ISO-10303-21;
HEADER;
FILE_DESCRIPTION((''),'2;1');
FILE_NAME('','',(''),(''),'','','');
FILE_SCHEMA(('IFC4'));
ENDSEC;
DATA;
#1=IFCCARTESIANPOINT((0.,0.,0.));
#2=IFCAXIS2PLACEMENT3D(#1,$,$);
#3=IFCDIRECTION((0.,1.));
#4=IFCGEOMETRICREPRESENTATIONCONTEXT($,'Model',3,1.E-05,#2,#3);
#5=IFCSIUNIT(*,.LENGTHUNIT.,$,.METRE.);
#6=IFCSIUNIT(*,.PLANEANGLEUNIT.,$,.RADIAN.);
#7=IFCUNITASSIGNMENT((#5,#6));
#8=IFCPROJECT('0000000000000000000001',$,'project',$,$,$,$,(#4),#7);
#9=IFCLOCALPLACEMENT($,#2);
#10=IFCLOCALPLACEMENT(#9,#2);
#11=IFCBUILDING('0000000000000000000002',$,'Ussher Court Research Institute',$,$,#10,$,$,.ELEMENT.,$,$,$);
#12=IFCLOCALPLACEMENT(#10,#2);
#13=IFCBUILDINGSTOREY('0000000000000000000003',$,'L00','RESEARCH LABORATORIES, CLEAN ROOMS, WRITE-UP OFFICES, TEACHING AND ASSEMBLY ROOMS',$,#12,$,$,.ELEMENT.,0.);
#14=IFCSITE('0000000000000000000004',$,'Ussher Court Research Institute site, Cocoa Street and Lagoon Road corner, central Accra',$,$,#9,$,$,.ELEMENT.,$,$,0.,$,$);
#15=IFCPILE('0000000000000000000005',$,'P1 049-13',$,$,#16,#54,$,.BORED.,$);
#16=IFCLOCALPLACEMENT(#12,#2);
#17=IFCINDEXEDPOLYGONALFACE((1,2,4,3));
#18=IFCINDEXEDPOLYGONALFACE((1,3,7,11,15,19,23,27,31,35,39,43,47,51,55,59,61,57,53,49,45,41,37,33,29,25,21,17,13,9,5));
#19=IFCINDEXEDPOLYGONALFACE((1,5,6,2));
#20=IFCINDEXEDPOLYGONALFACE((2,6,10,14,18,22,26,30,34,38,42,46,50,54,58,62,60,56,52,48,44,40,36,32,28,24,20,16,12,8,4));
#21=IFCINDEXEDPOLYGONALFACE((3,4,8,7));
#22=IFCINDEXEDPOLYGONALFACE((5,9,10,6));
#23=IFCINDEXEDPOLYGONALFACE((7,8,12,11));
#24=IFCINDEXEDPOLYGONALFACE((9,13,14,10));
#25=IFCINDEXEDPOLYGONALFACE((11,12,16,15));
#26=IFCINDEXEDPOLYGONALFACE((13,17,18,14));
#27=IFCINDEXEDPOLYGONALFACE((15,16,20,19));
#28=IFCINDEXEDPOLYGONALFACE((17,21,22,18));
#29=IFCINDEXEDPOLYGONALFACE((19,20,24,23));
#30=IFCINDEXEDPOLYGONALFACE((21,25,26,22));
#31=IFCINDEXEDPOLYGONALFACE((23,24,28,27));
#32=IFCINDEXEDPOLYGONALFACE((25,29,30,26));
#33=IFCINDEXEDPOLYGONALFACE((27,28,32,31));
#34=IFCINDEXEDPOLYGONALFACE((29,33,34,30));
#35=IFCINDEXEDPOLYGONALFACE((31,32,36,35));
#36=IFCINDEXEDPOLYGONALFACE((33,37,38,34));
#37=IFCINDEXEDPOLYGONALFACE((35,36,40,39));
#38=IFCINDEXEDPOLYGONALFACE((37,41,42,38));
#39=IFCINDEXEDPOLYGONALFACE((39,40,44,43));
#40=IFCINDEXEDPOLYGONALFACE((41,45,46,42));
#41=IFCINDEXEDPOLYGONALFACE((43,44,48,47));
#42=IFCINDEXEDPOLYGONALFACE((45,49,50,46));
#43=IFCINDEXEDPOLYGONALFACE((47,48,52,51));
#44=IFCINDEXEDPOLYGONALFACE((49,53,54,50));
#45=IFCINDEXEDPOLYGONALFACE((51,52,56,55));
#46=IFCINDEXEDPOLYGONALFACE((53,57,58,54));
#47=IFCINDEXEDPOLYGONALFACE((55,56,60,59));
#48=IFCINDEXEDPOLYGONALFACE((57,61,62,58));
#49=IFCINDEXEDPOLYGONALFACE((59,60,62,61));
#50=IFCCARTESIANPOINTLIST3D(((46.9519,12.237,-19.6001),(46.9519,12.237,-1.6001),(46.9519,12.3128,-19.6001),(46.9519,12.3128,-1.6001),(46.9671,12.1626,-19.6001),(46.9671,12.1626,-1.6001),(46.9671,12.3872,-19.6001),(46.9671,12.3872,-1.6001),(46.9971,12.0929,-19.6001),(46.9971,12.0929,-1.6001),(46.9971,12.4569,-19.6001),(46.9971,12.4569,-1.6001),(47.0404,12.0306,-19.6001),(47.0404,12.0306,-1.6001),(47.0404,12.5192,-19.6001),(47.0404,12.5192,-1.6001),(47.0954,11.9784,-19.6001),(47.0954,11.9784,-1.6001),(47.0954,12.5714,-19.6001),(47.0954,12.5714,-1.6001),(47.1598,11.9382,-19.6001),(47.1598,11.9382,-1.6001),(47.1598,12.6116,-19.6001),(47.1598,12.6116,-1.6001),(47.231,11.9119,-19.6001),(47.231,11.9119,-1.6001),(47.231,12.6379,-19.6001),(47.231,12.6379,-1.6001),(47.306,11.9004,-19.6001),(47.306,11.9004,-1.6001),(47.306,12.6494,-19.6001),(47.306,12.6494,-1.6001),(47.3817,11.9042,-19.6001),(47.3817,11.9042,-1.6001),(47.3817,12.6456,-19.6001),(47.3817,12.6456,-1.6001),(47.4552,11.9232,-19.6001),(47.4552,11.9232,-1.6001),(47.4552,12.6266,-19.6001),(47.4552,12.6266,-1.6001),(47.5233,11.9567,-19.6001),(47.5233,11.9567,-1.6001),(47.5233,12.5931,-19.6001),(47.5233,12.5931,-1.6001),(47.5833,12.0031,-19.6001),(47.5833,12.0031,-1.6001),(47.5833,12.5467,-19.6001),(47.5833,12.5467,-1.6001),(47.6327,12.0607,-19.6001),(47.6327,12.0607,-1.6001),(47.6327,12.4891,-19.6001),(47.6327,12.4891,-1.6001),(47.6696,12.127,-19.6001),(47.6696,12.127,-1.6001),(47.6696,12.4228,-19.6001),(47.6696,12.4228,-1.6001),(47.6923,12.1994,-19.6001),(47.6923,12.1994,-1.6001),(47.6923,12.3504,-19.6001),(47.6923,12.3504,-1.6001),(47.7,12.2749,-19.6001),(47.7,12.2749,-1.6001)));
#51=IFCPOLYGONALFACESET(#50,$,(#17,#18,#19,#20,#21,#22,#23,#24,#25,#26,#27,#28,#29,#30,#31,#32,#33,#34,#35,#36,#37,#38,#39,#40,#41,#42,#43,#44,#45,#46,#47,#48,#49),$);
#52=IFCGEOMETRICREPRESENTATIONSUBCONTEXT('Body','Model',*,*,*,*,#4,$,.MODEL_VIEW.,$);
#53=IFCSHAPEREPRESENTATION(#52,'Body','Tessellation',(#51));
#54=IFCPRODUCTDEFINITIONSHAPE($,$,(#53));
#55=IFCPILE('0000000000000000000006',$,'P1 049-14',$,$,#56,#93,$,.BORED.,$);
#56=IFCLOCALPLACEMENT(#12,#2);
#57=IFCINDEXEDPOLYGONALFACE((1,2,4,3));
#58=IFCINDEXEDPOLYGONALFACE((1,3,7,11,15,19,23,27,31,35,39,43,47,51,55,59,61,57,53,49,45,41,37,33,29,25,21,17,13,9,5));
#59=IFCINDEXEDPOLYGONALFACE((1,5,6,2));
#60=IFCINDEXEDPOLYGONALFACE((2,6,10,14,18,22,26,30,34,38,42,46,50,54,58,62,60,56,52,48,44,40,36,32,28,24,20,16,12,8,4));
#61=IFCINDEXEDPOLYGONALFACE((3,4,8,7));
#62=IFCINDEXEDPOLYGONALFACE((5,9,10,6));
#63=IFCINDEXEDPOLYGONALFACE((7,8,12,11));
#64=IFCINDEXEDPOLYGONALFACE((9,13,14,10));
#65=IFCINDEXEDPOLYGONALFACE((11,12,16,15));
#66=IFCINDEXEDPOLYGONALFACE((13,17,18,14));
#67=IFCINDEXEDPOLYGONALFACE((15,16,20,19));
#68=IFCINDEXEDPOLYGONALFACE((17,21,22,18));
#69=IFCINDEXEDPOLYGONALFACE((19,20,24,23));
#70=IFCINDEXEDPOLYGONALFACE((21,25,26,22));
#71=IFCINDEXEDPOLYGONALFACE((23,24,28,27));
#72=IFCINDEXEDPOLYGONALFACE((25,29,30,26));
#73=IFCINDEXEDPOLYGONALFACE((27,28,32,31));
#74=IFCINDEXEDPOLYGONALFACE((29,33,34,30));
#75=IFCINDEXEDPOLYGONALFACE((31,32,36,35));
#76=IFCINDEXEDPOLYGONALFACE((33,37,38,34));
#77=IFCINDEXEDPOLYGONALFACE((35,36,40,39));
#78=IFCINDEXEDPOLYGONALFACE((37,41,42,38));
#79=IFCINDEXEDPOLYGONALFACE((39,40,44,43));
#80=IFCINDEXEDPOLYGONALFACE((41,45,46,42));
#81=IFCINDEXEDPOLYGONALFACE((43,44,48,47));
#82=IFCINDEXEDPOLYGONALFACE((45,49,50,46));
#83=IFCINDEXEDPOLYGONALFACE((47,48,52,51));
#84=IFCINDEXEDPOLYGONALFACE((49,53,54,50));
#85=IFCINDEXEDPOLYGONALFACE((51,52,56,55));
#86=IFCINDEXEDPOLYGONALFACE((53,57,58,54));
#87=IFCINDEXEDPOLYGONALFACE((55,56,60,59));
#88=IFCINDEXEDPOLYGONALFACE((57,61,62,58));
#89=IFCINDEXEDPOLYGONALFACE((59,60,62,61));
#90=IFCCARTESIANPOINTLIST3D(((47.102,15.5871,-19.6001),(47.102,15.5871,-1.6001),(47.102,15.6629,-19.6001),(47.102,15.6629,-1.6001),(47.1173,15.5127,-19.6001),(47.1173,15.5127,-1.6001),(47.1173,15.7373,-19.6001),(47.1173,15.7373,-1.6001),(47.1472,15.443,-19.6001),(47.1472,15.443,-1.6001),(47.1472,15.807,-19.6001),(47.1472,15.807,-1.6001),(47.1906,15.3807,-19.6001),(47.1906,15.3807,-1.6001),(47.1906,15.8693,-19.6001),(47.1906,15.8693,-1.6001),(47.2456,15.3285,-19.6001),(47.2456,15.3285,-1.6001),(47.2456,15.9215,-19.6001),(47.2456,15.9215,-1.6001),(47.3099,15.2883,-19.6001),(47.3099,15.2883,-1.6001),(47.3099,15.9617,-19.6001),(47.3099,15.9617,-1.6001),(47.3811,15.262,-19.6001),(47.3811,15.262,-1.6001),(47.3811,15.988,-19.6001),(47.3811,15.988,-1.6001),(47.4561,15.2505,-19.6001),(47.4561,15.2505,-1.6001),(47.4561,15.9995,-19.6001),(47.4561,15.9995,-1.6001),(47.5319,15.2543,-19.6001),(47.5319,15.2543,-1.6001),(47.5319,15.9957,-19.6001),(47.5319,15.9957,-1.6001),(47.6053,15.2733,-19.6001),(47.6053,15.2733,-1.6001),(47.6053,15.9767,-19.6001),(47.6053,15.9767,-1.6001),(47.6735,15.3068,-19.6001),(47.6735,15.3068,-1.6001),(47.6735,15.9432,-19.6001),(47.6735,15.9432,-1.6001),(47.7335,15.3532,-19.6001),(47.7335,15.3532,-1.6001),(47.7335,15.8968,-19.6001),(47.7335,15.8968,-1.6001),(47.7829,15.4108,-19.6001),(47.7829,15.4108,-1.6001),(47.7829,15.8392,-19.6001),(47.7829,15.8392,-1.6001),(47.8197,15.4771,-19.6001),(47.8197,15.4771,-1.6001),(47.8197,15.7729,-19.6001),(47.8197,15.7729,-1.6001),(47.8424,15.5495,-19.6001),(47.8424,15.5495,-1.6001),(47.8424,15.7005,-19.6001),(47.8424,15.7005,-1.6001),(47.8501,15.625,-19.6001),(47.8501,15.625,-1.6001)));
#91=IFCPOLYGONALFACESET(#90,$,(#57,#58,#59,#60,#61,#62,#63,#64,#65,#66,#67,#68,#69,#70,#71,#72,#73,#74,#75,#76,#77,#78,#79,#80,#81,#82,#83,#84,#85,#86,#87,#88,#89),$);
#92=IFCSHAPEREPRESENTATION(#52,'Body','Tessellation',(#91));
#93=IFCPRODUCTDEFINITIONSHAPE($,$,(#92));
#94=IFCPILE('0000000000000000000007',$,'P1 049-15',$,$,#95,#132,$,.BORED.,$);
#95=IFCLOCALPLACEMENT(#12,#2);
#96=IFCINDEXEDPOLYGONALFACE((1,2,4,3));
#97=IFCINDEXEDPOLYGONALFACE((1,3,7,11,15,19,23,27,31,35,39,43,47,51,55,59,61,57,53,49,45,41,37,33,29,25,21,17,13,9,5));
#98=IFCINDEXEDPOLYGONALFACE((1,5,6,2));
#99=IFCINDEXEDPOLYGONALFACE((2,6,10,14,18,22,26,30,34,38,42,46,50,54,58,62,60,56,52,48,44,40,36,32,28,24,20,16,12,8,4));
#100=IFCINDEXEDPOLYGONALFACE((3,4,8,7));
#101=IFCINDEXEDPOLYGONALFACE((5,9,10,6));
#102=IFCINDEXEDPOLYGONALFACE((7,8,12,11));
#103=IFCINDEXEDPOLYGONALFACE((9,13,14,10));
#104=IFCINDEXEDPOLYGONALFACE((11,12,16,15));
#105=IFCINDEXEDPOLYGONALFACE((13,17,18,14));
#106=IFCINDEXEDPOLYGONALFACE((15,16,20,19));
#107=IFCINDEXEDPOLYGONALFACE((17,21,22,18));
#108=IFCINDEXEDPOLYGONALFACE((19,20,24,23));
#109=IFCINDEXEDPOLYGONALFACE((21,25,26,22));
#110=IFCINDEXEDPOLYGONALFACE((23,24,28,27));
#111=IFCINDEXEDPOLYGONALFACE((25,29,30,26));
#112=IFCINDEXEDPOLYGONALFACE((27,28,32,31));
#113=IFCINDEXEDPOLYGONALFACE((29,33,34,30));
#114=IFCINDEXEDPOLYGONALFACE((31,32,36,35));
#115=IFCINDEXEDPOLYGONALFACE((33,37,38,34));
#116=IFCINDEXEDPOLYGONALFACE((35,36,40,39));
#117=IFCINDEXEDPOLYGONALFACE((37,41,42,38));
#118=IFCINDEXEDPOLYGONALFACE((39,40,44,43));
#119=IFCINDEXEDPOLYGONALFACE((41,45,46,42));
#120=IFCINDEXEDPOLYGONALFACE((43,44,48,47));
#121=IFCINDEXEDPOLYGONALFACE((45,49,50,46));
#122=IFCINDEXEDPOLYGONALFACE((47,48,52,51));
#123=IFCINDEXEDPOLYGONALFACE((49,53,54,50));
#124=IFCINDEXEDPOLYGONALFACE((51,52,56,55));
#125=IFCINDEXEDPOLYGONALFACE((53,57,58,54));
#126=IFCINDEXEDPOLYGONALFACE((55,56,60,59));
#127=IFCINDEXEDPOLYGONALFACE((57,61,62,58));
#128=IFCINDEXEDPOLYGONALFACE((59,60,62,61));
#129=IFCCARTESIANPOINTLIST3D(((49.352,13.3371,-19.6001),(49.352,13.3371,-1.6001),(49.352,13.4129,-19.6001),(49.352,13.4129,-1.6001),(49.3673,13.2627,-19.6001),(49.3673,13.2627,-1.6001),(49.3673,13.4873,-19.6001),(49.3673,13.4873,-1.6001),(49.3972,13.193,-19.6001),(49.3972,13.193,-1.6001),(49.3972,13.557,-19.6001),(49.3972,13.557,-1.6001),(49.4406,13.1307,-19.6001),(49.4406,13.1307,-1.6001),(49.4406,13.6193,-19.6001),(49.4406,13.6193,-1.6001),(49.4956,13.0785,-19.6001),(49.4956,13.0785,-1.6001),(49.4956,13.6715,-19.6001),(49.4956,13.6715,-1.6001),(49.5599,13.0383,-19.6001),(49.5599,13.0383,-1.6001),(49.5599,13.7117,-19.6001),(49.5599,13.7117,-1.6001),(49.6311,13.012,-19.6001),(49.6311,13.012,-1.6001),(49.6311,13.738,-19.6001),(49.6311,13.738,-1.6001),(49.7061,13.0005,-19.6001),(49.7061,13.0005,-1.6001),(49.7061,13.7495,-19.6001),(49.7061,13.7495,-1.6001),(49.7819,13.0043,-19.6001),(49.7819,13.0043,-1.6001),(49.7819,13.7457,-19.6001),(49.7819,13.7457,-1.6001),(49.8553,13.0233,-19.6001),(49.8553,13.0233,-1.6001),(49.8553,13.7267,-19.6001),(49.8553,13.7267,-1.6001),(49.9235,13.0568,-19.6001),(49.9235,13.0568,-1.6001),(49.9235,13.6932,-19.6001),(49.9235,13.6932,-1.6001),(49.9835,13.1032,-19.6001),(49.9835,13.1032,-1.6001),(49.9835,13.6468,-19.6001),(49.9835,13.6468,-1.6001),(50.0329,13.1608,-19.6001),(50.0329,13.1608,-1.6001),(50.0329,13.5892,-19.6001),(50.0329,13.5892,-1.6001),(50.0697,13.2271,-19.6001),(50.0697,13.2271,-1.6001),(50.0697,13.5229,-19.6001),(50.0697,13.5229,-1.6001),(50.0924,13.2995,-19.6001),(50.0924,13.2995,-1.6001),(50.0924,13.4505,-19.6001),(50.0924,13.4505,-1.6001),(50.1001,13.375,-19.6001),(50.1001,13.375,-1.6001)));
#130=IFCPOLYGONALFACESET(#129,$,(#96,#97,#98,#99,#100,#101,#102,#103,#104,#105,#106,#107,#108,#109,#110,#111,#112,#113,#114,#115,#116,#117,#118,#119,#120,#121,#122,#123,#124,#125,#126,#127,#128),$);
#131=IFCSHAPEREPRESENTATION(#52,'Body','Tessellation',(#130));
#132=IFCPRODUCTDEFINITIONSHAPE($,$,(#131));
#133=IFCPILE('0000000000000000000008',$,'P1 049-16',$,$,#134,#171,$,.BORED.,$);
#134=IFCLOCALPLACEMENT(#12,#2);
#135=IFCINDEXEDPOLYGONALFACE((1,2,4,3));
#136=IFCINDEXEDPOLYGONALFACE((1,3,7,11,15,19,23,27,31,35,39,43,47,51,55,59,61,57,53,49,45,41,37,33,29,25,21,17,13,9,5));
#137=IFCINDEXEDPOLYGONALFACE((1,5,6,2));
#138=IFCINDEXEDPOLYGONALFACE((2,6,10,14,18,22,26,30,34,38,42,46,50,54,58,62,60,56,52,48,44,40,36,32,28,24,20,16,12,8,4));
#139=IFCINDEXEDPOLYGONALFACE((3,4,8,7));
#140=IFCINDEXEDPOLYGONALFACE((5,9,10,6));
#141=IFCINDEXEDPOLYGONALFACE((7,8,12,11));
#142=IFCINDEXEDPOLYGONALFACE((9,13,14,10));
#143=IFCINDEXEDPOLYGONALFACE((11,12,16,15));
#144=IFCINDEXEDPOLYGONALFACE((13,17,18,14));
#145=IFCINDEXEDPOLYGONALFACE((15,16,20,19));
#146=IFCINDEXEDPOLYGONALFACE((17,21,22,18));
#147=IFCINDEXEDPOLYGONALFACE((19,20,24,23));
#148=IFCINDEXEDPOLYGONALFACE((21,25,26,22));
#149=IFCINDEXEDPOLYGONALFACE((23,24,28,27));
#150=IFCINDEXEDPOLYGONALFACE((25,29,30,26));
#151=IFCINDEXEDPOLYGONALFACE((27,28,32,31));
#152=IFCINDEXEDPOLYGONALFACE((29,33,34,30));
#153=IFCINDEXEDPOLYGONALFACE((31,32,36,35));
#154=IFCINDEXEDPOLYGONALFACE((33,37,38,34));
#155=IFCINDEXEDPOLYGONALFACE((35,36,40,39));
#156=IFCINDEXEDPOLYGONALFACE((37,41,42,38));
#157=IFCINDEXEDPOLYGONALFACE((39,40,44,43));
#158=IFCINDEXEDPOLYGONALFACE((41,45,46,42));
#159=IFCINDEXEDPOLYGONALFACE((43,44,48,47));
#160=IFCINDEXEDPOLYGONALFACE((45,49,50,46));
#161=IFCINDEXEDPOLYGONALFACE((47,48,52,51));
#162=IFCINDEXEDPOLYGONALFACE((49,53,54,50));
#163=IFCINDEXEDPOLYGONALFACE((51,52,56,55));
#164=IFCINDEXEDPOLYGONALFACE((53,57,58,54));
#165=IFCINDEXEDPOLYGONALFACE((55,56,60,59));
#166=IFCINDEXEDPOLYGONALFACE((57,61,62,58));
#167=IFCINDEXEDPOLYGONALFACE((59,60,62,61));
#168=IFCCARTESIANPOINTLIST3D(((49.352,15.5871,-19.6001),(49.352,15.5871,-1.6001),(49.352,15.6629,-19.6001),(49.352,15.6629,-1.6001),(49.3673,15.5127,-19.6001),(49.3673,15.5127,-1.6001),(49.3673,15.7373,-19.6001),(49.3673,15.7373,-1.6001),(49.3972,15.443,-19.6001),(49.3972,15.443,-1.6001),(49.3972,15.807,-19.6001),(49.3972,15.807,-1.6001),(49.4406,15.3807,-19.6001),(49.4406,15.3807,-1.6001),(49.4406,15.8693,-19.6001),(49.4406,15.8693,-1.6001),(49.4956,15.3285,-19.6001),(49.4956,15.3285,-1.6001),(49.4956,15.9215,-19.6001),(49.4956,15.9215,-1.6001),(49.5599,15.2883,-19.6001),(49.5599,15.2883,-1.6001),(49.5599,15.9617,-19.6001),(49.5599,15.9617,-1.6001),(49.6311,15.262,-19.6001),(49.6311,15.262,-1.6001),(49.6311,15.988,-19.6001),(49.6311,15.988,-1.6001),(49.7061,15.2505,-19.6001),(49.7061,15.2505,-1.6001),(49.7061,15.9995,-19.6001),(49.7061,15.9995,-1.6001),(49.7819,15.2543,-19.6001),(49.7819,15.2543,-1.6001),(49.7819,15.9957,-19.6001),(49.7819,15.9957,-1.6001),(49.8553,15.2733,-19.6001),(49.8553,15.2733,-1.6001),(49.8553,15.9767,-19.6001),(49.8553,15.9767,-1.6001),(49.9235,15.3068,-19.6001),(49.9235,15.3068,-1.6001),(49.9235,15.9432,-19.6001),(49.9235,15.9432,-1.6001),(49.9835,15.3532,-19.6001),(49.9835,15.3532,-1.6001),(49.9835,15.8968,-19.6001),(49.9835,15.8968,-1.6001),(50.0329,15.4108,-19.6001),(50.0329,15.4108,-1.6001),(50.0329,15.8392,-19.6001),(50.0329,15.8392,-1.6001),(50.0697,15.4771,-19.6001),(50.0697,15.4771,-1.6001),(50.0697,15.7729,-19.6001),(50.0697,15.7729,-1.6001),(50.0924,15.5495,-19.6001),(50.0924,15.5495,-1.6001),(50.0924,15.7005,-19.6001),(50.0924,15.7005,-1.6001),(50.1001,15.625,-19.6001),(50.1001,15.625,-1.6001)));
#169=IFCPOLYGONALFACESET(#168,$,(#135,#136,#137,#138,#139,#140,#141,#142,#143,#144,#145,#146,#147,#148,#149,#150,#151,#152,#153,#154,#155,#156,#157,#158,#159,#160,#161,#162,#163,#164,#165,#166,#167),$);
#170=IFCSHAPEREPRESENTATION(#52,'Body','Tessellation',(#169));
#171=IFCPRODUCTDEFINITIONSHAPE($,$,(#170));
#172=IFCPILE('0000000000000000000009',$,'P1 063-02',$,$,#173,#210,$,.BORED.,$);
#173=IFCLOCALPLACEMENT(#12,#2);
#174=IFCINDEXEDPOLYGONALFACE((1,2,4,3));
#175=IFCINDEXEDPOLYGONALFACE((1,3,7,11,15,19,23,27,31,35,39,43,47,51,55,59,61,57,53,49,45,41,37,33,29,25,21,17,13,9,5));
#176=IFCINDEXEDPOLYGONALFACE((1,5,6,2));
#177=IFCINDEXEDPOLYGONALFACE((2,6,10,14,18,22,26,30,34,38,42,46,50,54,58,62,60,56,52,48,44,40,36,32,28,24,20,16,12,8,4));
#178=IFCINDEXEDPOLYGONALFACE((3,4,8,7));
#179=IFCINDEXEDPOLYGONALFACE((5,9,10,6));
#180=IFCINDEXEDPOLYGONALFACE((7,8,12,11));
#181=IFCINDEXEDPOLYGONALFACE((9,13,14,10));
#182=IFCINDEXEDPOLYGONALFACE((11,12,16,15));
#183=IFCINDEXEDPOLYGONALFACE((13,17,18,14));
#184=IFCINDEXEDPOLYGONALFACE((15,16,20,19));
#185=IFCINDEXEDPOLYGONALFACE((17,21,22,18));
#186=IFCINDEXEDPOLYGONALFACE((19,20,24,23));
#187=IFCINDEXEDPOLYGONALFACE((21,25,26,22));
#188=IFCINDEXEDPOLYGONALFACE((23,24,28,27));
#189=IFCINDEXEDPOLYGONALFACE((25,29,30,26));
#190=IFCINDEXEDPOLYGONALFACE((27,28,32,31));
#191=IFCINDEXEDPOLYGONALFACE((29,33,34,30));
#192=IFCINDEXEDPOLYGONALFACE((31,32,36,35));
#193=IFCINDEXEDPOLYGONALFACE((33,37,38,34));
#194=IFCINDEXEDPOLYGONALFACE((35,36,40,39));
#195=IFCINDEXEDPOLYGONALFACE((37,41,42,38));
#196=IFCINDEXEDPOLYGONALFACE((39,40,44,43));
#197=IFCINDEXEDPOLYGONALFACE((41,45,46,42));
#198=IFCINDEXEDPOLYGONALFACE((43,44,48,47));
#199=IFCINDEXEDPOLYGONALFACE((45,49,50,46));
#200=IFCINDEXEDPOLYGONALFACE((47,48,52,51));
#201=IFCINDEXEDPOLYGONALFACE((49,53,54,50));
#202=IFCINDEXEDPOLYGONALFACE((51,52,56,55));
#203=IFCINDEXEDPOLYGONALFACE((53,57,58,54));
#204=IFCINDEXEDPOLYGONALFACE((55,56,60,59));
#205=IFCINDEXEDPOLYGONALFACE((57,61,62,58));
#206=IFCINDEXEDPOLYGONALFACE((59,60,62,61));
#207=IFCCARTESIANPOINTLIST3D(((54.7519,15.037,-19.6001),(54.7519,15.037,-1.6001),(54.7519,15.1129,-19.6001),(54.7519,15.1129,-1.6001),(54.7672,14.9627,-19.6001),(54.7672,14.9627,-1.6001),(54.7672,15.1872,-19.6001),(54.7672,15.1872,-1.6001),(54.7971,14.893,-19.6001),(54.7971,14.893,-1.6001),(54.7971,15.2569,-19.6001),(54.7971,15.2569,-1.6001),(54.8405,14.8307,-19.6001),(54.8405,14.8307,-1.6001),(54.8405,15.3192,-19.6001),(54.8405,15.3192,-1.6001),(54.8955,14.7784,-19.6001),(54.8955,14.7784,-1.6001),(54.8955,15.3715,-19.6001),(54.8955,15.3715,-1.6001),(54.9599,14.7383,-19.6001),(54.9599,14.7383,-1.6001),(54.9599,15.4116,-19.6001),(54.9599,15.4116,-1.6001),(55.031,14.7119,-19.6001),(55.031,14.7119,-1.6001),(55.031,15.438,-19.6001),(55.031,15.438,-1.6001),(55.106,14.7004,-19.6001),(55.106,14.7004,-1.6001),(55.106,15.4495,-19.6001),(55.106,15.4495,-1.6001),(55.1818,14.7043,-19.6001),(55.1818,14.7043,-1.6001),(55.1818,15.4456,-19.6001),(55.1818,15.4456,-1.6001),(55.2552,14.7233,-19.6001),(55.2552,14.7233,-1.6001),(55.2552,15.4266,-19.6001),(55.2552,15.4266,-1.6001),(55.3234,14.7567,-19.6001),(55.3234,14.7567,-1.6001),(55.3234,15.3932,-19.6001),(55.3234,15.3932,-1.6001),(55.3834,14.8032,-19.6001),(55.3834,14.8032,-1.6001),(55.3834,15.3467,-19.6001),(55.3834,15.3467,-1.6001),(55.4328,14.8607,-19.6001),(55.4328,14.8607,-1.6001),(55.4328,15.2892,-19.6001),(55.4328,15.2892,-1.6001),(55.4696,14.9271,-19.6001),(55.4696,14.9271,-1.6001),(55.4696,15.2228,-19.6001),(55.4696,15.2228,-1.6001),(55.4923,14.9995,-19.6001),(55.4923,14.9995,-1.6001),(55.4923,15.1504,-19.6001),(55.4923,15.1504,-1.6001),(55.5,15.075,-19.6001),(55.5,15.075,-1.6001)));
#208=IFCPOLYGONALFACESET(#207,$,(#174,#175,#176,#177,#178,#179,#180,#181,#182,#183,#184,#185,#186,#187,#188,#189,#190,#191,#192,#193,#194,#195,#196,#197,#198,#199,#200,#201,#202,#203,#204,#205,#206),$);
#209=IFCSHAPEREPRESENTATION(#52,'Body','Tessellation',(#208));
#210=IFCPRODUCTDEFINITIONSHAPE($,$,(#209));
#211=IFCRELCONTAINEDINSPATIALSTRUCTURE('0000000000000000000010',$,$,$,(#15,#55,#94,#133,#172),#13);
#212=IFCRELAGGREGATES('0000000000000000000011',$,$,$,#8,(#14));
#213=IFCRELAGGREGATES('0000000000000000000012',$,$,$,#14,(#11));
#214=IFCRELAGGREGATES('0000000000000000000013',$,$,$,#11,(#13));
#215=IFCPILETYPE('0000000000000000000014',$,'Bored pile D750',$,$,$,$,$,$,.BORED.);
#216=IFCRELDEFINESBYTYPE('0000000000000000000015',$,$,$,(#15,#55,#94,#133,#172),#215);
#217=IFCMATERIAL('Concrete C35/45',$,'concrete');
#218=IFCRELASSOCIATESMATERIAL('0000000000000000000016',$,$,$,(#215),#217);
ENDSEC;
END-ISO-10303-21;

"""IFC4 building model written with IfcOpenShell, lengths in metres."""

from ifc_helpers import new_model, si_unit, direction, frame, origin, origin_2d, place, context, subcontext, project, spatial, circle, extrude, material, material_profile, profile_set, type_object, element, save


model = new_model("IFC4")

# Units and contexts
model_context = context("Model", 3, precision=1e-05, world=origin(), true_north=direction((0.0, 1.0)))
body_context = subcontext(model_context, "Body", "Model", "MODEL_VIEW")
ifc_project = project(units=[si_unit("LENGTHUNIT", "METRE"), si_unit("PLANEANGLEUNIT", "RADIAN")], contexts=[model_context])

# Site, building, storey
site_placement = place(None, origin())
site = spatial("IfcSite", under=ifc_project, at=site_placement, Name="Ussher Court Research Institute site, Cocoa Street and Lagoon Road corner, central Accra", CompositionType="ELEMENT", RefElevation=0.0)
building_placement = place(site_placement, origin())
building = spatial("IfcBuilding", under=site, at=building_placement, Name="Ussher Court Research Institute", CompositionType="ELEMENT")
storey_placement = place(building_placement, origin())
storey = spatial("IfcBuildingStorey", under=building, at=storey_placement, Name="L00", Description="RESEARCH LABORATORIES, CLEAN ROOMS, WRITE-UP OFFICES, TEACHING AND ASSEMBLY ROOMS", CompositionType="ELEMENT", Elevation=0.0)

# Piles
ifc_material_1 = material(Name="Concrete C35/45", Category="concrete")
ifc_material_profile_1 = material_profile(ifc_material_1, circle(Radius=0.375, at=origin_2d()), Name="RC D750")
ifc_profile_set_1 = profile_set([ifc_material_profile_1], Name="Concrete C35/45")
pile_type = type_object("IfcPileType", Name="Bored pile D750", PredefinedType="BORED", material=ifc_profile_set_1)
for number, where, z_axis, x_axis, name in (
    (1, (47.325, 12.2749, -1.6001), (0.0, 0.0, -1.0), (1.0, 0.0, 0.0), "P1 049-13"),
    (2, (47.4751, 15.625, -1.6001), (0.0, 0.0, -1.0), (1.0, 0.0, 0.0), "P1 049-14"),
    (3, (49.7251, 13.375, -1.6001), (0.0, 0.0, -1.0), (1.0, 0.0, 0.0), "P1 049-15"),
    (4, (49.7251, 15.625, -1.6001), (0.0, 0.0, -1.0), (1.0, 0.0, 0.0), "P1 049-16"),
    (5, (55.125, 15.075, -1.6001), (0.0, 0.0, -1.0), (1.0, 0.0, 0.0), "P1 063-02"),
):
    element("IfcPile", number, at=place(storey_placement, frame(where, z_axis=z_axis, x_axis=x_axis)), inside=storey, type_object=pile_type, Name=name, PredefinedType="BORED", context=body_context, shape_type="SweptSolid", body=[
        extrude(circle(Radius=0.375, at=origin_2d()), origin(), (0.0, 0.0, 1.0), 18.0),
    ])

save(model, "model.ifc")
